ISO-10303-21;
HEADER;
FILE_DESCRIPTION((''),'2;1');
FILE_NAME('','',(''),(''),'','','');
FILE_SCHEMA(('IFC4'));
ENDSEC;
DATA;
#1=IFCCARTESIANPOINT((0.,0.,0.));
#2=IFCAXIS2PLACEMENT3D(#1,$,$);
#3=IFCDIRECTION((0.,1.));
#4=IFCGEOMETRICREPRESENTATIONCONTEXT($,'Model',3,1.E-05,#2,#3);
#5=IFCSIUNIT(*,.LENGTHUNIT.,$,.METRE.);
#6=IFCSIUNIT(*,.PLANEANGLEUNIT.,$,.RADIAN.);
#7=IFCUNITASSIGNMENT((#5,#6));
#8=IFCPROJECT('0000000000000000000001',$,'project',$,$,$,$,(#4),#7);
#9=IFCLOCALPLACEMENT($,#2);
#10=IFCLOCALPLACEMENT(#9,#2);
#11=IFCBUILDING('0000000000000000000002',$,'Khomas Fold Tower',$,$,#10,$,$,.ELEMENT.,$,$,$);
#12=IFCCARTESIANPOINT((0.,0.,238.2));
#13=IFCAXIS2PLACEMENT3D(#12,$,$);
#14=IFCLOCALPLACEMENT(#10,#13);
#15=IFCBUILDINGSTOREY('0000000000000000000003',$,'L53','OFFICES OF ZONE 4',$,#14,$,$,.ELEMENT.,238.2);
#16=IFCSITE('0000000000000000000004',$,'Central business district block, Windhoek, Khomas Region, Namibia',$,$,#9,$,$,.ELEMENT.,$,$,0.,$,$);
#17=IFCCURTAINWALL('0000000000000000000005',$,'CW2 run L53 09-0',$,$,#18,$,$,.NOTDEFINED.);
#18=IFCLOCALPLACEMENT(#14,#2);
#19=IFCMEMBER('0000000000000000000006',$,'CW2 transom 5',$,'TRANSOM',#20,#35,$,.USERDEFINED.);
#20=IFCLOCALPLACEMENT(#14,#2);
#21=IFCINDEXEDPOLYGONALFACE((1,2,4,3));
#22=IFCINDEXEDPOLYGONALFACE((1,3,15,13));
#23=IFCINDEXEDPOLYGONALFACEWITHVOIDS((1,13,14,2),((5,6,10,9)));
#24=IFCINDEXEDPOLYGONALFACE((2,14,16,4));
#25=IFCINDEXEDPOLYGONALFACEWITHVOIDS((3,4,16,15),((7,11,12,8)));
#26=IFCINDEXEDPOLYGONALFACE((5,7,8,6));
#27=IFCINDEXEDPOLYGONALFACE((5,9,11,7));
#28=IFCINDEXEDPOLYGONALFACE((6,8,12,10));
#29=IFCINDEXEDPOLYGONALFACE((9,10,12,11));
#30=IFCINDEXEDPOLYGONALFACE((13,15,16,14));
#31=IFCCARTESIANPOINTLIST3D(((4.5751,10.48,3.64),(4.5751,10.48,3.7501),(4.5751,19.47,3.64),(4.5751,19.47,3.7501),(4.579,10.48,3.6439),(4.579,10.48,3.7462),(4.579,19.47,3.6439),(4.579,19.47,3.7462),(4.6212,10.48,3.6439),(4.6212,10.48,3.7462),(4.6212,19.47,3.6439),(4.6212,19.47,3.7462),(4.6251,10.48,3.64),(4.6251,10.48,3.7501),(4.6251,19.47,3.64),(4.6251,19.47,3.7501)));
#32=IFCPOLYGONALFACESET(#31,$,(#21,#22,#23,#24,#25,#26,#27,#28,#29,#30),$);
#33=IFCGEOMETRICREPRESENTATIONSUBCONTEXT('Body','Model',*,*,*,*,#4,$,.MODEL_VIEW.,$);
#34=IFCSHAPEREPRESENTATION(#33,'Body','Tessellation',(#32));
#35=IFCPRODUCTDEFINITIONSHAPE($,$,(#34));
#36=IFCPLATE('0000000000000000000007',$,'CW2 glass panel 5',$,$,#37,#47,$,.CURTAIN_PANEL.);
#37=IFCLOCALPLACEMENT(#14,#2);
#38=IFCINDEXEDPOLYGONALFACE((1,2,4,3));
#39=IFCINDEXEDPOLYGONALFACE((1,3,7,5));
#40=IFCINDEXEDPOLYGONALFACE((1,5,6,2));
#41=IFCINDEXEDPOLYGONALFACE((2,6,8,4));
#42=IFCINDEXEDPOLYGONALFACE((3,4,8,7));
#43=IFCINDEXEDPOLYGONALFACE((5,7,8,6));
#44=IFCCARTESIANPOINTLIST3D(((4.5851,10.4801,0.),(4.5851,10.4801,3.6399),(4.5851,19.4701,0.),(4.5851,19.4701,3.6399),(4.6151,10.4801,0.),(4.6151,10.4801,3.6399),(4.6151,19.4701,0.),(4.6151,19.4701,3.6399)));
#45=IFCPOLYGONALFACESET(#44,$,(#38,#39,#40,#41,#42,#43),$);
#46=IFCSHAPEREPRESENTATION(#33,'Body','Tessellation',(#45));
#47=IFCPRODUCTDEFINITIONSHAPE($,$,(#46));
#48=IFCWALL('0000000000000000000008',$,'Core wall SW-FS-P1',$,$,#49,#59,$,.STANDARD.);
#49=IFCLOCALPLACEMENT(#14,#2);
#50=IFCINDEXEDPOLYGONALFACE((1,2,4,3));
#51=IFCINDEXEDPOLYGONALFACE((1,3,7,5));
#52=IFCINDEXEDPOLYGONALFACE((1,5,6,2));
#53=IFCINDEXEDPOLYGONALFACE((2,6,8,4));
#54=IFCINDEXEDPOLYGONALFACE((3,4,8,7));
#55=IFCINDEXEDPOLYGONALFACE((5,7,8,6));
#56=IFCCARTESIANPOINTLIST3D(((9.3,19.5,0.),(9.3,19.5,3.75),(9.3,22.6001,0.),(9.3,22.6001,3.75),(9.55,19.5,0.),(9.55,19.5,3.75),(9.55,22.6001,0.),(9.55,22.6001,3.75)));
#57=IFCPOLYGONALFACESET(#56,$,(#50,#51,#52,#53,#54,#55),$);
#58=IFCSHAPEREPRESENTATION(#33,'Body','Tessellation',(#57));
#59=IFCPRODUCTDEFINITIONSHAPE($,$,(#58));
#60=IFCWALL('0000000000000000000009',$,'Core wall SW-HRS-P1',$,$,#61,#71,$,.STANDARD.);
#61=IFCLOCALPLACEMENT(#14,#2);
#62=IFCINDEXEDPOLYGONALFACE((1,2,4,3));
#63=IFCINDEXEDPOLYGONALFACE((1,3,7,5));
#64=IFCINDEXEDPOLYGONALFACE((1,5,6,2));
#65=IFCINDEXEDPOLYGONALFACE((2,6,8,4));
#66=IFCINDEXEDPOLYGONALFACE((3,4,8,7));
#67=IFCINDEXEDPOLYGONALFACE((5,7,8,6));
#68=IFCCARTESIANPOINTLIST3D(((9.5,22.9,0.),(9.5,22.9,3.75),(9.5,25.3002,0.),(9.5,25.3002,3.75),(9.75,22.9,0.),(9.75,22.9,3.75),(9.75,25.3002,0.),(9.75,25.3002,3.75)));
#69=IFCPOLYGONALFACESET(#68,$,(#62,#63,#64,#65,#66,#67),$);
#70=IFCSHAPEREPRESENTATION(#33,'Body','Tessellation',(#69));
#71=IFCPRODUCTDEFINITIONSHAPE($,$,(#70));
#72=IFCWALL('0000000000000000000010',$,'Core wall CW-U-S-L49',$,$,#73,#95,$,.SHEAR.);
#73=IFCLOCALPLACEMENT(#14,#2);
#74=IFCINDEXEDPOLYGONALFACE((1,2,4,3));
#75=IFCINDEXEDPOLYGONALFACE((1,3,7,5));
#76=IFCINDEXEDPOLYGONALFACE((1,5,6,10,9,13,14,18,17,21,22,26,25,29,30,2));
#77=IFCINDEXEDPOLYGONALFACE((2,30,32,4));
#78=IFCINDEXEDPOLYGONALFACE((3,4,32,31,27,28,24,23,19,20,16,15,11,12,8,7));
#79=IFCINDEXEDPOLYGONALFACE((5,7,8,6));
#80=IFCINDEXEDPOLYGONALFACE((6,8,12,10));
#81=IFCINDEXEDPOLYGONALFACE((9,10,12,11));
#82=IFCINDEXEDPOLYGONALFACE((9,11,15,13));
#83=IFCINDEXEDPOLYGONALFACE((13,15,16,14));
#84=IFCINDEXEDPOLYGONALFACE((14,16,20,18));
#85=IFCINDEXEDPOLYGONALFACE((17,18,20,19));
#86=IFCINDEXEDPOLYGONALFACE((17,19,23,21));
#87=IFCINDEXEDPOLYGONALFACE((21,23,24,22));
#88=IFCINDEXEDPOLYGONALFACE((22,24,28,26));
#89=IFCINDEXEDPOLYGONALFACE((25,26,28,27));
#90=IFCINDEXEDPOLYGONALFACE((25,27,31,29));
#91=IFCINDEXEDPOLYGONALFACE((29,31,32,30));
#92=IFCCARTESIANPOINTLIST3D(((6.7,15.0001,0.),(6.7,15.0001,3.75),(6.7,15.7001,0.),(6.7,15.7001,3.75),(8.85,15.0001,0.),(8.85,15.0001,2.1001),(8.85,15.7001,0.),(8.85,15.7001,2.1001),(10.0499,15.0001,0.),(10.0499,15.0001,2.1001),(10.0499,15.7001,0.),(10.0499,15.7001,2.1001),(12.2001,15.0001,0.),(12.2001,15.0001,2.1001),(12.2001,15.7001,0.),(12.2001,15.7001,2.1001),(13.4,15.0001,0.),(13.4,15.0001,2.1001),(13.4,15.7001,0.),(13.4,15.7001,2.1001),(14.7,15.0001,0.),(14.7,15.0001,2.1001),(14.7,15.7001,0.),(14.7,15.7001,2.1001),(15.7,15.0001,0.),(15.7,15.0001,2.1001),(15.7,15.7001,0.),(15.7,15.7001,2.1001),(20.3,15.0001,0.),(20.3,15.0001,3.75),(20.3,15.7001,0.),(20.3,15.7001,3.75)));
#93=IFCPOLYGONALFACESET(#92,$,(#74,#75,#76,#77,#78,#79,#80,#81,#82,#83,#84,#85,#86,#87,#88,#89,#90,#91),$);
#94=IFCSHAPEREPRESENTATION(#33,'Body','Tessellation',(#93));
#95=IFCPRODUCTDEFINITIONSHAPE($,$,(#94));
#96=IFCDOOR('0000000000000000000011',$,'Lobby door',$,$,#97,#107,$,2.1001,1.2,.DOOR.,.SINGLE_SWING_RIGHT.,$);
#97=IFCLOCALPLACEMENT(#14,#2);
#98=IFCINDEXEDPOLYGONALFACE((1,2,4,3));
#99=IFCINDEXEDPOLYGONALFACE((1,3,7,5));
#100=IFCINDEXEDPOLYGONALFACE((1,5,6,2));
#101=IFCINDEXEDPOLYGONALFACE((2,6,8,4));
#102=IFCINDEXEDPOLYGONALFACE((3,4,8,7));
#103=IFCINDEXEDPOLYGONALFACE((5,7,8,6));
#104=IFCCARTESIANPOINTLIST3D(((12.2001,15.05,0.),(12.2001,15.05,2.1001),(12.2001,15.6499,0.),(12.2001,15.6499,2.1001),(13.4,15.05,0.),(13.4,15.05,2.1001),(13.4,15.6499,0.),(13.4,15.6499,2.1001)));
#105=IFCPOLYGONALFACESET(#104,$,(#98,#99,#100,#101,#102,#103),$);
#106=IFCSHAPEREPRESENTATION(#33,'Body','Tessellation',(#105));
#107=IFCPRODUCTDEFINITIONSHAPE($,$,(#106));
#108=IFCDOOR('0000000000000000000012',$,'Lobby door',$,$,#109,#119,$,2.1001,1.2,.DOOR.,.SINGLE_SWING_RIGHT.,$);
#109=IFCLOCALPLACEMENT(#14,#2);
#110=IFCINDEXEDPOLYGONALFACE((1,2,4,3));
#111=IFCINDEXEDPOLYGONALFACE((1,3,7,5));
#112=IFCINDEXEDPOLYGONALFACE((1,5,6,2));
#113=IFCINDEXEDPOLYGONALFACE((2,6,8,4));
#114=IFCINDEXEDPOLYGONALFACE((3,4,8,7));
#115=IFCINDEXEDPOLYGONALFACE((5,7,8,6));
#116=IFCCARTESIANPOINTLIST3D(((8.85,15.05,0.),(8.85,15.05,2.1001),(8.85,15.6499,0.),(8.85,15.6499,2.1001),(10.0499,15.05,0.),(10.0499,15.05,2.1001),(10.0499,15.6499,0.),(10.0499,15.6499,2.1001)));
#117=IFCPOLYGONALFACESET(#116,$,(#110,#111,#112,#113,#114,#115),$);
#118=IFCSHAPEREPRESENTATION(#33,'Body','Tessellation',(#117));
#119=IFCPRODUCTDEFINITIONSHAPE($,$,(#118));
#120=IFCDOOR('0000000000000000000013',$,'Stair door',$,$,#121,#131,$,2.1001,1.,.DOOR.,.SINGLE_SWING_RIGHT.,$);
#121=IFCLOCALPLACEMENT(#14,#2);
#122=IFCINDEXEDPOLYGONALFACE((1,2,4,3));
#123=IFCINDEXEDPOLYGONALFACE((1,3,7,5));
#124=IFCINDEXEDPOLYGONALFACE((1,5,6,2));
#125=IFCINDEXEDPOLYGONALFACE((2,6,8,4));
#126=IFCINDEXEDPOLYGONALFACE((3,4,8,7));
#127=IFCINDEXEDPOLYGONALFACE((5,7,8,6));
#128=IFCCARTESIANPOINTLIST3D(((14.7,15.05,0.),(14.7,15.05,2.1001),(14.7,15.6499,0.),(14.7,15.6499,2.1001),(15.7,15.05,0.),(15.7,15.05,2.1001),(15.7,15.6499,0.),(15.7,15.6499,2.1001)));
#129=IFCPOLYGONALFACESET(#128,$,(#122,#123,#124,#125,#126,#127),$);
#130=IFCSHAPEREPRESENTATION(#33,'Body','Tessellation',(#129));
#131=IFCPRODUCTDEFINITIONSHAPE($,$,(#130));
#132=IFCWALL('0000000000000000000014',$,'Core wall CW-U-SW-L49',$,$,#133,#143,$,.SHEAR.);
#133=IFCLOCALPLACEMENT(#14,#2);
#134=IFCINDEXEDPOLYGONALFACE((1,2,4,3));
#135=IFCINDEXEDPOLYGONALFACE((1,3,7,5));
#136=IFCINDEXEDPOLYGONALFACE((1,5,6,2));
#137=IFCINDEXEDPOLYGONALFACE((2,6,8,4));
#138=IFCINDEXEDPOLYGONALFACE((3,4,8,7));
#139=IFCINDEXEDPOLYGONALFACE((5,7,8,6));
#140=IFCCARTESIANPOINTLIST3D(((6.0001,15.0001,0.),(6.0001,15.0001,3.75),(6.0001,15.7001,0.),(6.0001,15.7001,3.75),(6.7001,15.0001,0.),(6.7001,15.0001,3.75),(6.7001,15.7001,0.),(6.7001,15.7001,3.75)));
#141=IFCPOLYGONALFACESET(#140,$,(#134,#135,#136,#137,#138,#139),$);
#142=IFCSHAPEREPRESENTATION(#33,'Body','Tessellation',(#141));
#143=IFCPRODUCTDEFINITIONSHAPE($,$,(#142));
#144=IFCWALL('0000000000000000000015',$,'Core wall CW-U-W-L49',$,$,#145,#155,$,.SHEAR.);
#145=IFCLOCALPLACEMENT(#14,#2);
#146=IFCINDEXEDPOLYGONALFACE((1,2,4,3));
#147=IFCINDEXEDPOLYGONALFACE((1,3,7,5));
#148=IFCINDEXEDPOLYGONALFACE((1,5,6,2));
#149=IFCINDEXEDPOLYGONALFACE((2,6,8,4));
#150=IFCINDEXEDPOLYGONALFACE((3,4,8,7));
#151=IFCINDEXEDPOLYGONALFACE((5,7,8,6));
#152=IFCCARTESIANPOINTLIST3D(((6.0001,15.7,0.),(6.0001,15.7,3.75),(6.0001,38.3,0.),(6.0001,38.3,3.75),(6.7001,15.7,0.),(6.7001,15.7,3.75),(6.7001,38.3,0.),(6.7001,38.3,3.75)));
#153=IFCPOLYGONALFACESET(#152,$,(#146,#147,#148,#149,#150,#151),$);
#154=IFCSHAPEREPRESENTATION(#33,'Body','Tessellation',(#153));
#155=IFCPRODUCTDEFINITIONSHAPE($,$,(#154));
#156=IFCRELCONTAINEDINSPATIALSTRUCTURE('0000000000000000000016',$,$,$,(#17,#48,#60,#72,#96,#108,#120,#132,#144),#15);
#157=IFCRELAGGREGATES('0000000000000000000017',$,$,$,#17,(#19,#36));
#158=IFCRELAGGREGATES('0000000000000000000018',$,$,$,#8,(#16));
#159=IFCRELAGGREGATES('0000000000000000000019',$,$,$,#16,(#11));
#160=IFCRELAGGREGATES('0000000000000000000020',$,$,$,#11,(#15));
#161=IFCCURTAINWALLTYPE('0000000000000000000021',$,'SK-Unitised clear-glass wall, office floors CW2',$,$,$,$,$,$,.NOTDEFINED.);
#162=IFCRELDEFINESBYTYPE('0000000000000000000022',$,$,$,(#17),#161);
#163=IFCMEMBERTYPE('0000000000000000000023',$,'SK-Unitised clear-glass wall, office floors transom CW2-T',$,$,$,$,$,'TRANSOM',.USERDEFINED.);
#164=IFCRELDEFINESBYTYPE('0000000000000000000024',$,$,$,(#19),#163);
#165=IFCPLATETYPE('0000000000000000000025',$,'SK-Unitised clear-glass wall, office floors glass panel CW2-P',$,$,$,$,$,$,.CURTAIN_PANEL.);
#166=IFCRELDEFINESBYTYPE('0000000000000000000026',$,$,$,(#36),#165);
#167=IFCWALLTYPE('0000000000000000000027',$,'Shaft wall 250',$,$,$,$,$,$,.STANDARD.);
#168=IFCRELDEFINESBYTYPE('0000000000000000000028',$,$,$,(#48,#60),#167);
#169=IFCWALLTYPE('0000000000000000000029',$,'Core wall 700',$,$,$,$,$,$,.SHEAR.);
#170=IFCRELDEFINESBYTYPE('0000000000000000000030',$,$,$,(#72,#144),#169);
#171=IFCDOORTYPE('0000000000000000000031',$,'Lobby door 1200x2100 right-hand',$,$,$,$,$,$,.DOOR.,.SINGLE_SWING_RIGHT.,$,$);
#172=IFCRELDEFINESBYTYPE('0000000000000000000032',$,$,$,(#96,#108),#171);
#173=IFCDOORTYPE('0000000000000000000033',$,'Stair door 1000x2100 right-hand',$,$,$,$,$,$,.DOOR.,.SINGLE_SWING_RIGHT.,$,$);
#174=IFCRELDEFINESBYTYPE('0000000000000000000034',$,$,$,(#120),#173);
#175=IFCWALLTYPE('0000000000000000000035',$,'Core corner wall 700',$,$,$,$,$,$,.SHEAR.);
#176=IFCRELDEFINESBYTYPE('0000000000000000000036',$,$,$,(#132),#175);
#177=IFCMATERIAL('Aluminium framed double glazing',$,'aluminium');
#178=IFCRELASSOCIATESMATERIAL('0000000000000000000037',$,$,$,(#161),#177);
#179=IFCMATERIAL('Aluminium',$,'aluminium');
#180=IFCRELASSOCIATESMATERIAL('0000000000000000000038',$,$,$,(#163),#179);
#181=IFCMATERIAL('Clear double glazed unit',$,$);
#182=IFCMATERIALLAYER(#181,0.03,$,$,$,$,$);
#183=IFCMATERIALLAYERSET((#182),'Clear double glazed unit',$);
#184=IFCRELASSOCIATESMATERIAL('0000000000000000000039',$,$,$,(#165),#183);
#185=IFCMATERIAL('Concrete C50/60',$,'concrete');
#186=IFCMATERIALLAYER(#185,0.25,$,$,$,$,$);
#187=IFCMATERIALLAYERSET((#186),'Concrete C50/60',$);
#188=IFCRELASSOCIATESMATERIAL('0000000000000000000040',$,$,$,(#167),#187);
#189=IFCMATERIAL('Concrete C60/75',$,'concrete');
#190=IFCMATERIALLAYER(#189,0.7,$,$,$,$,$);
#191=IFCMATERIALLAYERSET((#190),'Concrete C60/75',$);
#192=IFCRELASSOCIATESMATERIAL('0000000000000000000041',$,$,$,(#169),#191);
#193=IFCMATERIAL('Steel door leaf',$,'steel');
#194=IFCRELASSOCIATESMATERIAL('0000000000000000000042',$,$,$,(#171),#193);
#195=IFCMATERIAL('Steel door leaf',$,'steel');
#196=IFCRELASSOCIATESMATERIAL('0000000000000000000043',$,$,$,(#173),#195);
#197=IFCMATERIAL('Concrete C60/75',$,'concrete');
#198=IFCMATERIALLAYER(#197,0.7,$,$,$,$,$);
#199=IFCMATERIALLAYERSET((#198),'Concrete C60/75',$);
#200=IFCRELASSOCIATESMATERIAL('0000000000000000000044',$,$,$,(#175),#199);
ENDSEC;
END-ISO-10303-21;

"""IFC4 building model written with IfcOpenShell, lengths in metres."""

from ifc_helpers import new_model, si_unit, direction, frame, frame_2d, origin, origin_2d, place, context, subcontext, project, spatial, rectangle, hollow_rectangle, extrude, source, transform, mapped, material, layer, layer_set, material_profile, profile_set, type_object, element, fill, aggregate, save


model = new_model("IFC4")

# Units and contexts
model_context = context("Model", 3, precision=1e-05, world=origin(), true_north=direction((0.0, 1.0)))
body_context = subcontext(model_context, "Body", "Model", "MODEL_VIEW")
ifc_project = project(units=[si_unit("LENGTHUNIT", "METRE"), si_unit("PLANEANGLEUNIT", "RADIAN")], contexts=[model_context])

# Site, building, storey
site_placement = place(None, origin())
site = spatial("IfcSite", under=ifc_project, at=site_placement, Name="Central business district block, Windhoek, Khomas Region, Namibia", CompositionType="ELEMENT", RefElevation=0.0)
building_placement = place(site_placement, origin())
building = spatial("IfcBuilding", under=site, at=building_placement, Name="Khomas Fold Tower", CompositionType="ELEMENT")
storey_placement = place(building_placement, frame((0.0, 0.0, 238.2)))
storey = spatial("IfcBuildingStorey", under=building, at=storey_placement, Name="L53", Description="OFFICES OF ZONE 4", CompositionType="ELEMENT", Elevation=238.2)

# Curtain wall, member, plate
ifc_material_1 = material(Name="Aluminium framed double glazing", Category="aluminium")
curtain_wall_type = type_object("IfcCurtainWallType", Name="SK-Unitised clear-glass wall, office floors CW2", PredefinedType="NOTDEFINED", material=ifc_material_1)
curtain_wall_placement = place(storey_placement, origin())
curtain_wall = element("IfcCurtainWall", 1, at=curtain_wall_placement, inside=storey, type_object=curtain_wall_type, Name="CW2 run L53 09-0", PredefinedType="NOTDEFINED")
ifc_material_2 = material(Name="Aluminium", Category="aluminium")
ifc_material_profile_1 = material_profile(ifc_material_2, hollow_rectangle(XDim=0.05, YDim=0.1101, WallThickness=0.0039, at=origin_2d()), Name="SK-Unitised clear-glass wall, office floors transom CW2-T")
ifc_profile_set_1 = profile_set([ifc_material_profile_1], Name="Aluminium")
member_type_1 = type_object("IfcMemberType", Name="SK-Unitised clear-glass wall, office floors transom CW2-T", ElementType="TRANSOM", PredefinedType="USERDEFINED", material=ifc_profile_set_1)
shared_shape_1 = source(origin(), body_context, "Body", "SweptSolid", [
    extrude(hollow_rectangle(XDim=0.05, YDim=0.1101, WallThickness=0.0039, at=origin_2d()), origin(), (0.0, 0.0, 1.0), 8.99),
])
member_1_placement = place(storey_placement, frame((4.6001, 19.47, 3.6951), z_axis=(0.0, -1.0, 0.0), x_axis=(1.0, 0.0, 0.0)))
member_1 = element("IfcMember", 2, at=member_1_placement, type_object=member_type_1, Name="CW2 transom 5", ObjectType="TRANSOM", PredefinedType="USERDEFINED", context=body_context, shape_type="MappedRepresentation", body=[
    mapped(shared_shape_1, transform((0.0, 0.0, 0.0))),
])
ifc_material_3 = material(Name="Clear double glazed unit")
ifc_layer_1 = layer(ifc_material_3, 0.03)
ifc_layer_set_1 = layer_set([ifc_layer_1], Name="Clear double glazed unit")
plate_type = type_object("IfcPlateType", Name="SK-Unitised clear-glass wall, office floors glass panel CW2-P", PredefinedType="CURTAIN_PANEL", material=ifc_layer_set_1)
shared_shape_2 = source(origin(), body_context, "Body", "SweptSolid", [
    extrude(rectangle(XDim=8.99, YDim=0.03, at=origin_2d()), origin(), (0.0, 0.0, 1.0), 3.6399),
])
plate_placement = place(storey_placement, frame((4.6001, 14.9751, 0.0), z_axis=(0.0, 0.0, 1.0), x_axis=(0.0, -1.0, 0.0)))
plate = element("IfcPlate", 3, at=plate_placement, type_object=plate_type, Name="CW2 glass panel 5", PredefinedType="CURTAIN_PANEL", context=body_context, shape_type="MappedRepresentation", body=[
    mapped(shared_shape_2, transform((0.0, 0.0, 0.0))),
])
aggregate(curtain_wall, [member_1, plate])

# Walls
ifc_material_4 = material(Name="Concrete C50/60", Category="concrete")
ifc_layer_2 = layer(ifc_material_4, 0.25)
ifc_layer_set_2 = layer_set([ifc_layer_2], Name="Concrete C50/60")
wall_type_1 = type_object("IfcWallType", Name="Shaft wall 250", PredefinedType="STANDARD", material=ifc_layer_set_2)
shared_shape_3 = source(origin(), body_context, "Body", "SweptSolid", [
    extrude(rectangle(XDim=3.1001, YDim=0.25, at=frame_2d((1.55, 0.0))), origin(), (0.0, 0.0, 1.0), 3.75),
])
wall_1_placement = place(storey_placement, frame((9.425, 19.5, 0.0), z_axis=(0.0, 0.0, 1.0), x_axis=(0.0, 1.0, 0.0)))
element("IfcWall", 4, at=wall_1_placement, inside=storey, type_object=wall_type_1, Name="Core wall SW-FS-P1", PredefinedType="STANDARD", context=body_context, shape_type="MappedRepresentation", body=[
    mapped(shared_shape_3, transform((0.0, 0.0, 0.0))),
])
shared_shape_4 = source(origin(), body_context, "Body", "SweptSolid", [
    extrude(rectangle(XDim=2.4001, YDim=0.25, at=frame_2d((1.2002, 0.0))), origin(), (0.0, 0.0, 1.0), 3.75),
])
wall_2_placement = place(storey_placement, frame((9.625, 22.8999, 0.0), z_axis=(0.0, 0.0, 1.0), x_axis=(0.0, 1.0, 0.0)))
element("IfcWall", 5, at=wall_2_placement, inside=storey, type_object=wall_type_1, Name="Core wall SW-HRS-P1", PredefinedType="STANDARD", context=body_context, shape_type="MappedRepresentation", body=[
    mapped(shared_shape_4, transform((0.0, 0.0, 0.0))),
])

# Wall, openings, doors
ifc_material_5 = material(Name="Concrete C60/75", Category="concrete")
ifc_layer_3 = layer(ifc_material_5, 0.7)
ifc_layer_set_3 = layer_set([ifc_layer_3], Name="Concrete C60/75")
wall_type_2 = type_object("IfcWallType", Name="Core wall 700", PredefinedType="SHEAR", material=ifc_layer_set_3)
shared_shape_5 = source(origin(), body_context, "Body", "SweptSolid", [
    extrude(rectangle(XDim=13.6001, YDim=0.7, at=frame_2d((6.8, 0.0))), origin(), (0.0, 0.0, 1.0), 3.75),
])
wall_3_placement = place(storey_placement, frame((6.7, 15.3501, 0.0), z_axis=(0.0, 0.0, 1.0), x_axis=(1.0, 0.0, 0.0)))
wall_3 = element("IfcWall", 6, at=wall_3_placement, inside=storey, type_object=wall_type_2, Name="Core wall CW-U-S-L49", PredefinedType="SHEAR", context=body_context, shape_type="MappedRepresentation", body=[
    mapped(shared_shape_5, transform((0.0, 0.0, 0.0))),
])
shared_shape_6 = source(origin(), body_context, "Body", "SweptSolid", [
    extrude(rectangle(XDim=1.2, YDim=2.1001, at=frame_2d((0.6001, 1.05))), frame((0.0, 0.3599, 0.0), z_axis=(0.0, -1.0, 0.0), x_axis=(1.0, 0.0, 0.0)), (0.0, 0.0, 1.0), 0.72),
])
opening_1_placement = place(wall_3_placement, frame((5.5, 0.0, 0.0)))
opening_1 = element("IfcOpeningElement", 7, at=opening_1_placement, cuts=wall_3, PredefinedType="OPENING", context=body_context, shape_type="MappedRepresentation", body=[
    mapped(shared_shape_6, transform((0.0, 0.0, 0.0))),
])
opening_2_placement = place(wall_3_placement, frame((2.1499, 0.0, 0.0)))
opening_2 = element("IfcOpeningElement", 8, at=opening_2_placement, cuts=wall_3, PredefinedType="OPENING", context=body_context, shape_type="MappedRepresentation", body=[
    mapped(shared_shape_6, transform((0.0, 0.0, 0.0))),
])
shared_shape_7 = source(origin(), body_context, "Body", "SweptSolid", [
    extrude(rectangle(XDim=1.0, YDim=2.1001, at=frame_2d((0.5, 1.05))), frame((0.0, 0.3599, 0.0), z_axis=(0.0, -1.0, 0.0), x_axis=(1.0, 0.0, 0.0)), (0.0, 0.0, 1.0), 0.72),
])
opening_3_placement = place(wall_3_placement, frame((8.0, 0.0, 0.0)))
opening_3 = element("IfcOpeningElement", 9, at=opening_3_placement, cuts=wall_3, PredefinedType="OPENING", context=body_context, shape_type="MappedRepresentation", body=[
    mapped(shared_shape_7, transform((0.0, 0.0, 0.0))),
])
ifc_material_6 = material(Name="Steel door leaf", Category="steel")
door_type_1 = type_object("IfcDoorType", Name="Lobby door 1200x2100 right-hand", OperationType="SINGLE_SWING_RIGHT", PredefinedType="DOOR", material=ifc_material_6)
shared_shape_8 = source(origin(), body_context, "Body", "SweptSolid", [
    extrude(rectangle(XDim=1.2, YDim=2.1001, at=frame_2d((0.6001, 1.05))), frame((0.0, 0.2998, 0.0), z_axis=(0.0, -1.0, 0.0), x_axis=(1.0, 0.0, 0.0)), (0.0, 0.0, 1.0), 0.5999),
])
door_1_placement = place(opening_1_placement, origin())
door_1 = element("IfcDoor", 10, at=door_1_placement, inside=storey, type_object=door_type_1, Name="Lobby door", OperationType="SINGLE_SWING_RIGHT", OverallHeight=2.1001, OverallWidth=1.2, PredefinedType="DOOR", context=body_context, shape_type="MappedRepresentation", body=[
    mapped(shared_shape_8, transform((0.0, 0.0, 0.0))),
])
fill(opening_1, door_1)
door_2_placement = place(opening_2_placement, origin())
door_2 = element("IfcDoor", 11, at=door_2_placement, inside=storey, type_object=door_type_1, Name="Lobby door", OperationType="SINGLE_SWING_RIGHT", OverallHeight=2.1001, OverallWidth=1.2, PredefinedType="DOOR", context=body_context, shape_type="MappedRepresentation", body=[
    mapped(shared_shape_8, transform((0.0, 0.0, 0.0))),
])
fill(opening_2, door_2)
ifc_material_7 = material(Name="Steel door leaf", Category="steel")
door_type_2 = type_object("IfcDoorType", Name="Stair door 1000x2100 right-hand", OperationType="SINGLE_SWING_RIGHT", PredefinedType="DOOR", material=ifc_material_7)
shared_shape_9 = source(origin(), body_context, "Body", "SweptSolid", [
    extrude(rectangle(XDim=1.0, YDim=2.1001, at=frame_2d((0.5, 1.05))), frame((0.0, 0.2998, 0.0), z_axis=(0.0, -1.0, 0.0), x_axis=(1.0, 0.0, 0.0)), (0.0, 0.0, 1.0), 0.5999),
])
door_3_placement = place(opening_3_placement, origin())
door_3 = element("IfcDoor", 12, at=door_3_placement, inside=storey, type_object=door_type_2, Name="Stair door", OperationType="SINGLE_SWING_RIGHT", OverallHeight=2.1001, OverallWidth=1.0, PredefinedType="DOOR", context=body_context, shape_type="MappedRepresentation", body=[
    mapped(shared_shape_9, transform((0.0, 0.0, 0.0))),
])
fill(opening_3, door_3)

# Walls
ifc_material_8 = material(Name="Concrete C60/75", Category="concrete")
ifc_layer_4 = layer(ifc_material_8, 0.7)
ifc_layer_set_4 = layer_set([ifc_layer_4], Name="Concrete C60/75")
wall_type_3 = type_object("IfcWallType", Name="Core corner wall 700", PredefinedType="SHEAR", material=ifc_layer_set_4)
shared_shape_10 = source(origin(), body_context, "Body", "SweptSolid", [
    extrude(rectangle(XDim=0.7, YDim=0.7, at=frame_2d((0.3501, 0.0))), origin(), (0.0, 0.0, 1.0), 3.75),
])
wall_4_placement = place(storey_placement, frame((6.0, 15.3501, 0.0), z_axis=(0.0, 0.0, 1.0), x_axis=(1.0, 0.0, 0.0)))
element("IfcWall", 13, at=wall_4_placement, inside=storey, type_object=wall_type_3, Name="Core wall CW-U-SW-L49", PredefinedType="SHEAR", context=body_context, shape_type="MappedRepresentation", body=[
    mapped(shared_shape_10, transform((0.0, 0.0, 0.0))),
])
shared_shape_11 = source(origin(), body_context, "Body", "SweptSolid", [
    extrude(rectangle(XDim=22.6001, YDim=0.7, at=frame_2d((11.3, 0.0))), origin(), (0.0, 0.0, 1.0), 3.75),
])
wall_5_placement = place(storey_placement, frame((6.3501, 15.7, 0.0), z_axis=(0.0, 0.0, 1.0), x_axis=(0.0, 1.0, 0.0)))
element("IfcWall", 14, at=wall_5_placement, inside=storey, type_object=wall_type_2, Name="Core wall CW-U-W-L49", PredefinedType="SHEAR", context=body_context, shape_type="MappedRepresentation", body=[
    mapped(shared_shape_11, transform((0.0, 0.0, 0.0))),
])

save(model, "model.ifc")
